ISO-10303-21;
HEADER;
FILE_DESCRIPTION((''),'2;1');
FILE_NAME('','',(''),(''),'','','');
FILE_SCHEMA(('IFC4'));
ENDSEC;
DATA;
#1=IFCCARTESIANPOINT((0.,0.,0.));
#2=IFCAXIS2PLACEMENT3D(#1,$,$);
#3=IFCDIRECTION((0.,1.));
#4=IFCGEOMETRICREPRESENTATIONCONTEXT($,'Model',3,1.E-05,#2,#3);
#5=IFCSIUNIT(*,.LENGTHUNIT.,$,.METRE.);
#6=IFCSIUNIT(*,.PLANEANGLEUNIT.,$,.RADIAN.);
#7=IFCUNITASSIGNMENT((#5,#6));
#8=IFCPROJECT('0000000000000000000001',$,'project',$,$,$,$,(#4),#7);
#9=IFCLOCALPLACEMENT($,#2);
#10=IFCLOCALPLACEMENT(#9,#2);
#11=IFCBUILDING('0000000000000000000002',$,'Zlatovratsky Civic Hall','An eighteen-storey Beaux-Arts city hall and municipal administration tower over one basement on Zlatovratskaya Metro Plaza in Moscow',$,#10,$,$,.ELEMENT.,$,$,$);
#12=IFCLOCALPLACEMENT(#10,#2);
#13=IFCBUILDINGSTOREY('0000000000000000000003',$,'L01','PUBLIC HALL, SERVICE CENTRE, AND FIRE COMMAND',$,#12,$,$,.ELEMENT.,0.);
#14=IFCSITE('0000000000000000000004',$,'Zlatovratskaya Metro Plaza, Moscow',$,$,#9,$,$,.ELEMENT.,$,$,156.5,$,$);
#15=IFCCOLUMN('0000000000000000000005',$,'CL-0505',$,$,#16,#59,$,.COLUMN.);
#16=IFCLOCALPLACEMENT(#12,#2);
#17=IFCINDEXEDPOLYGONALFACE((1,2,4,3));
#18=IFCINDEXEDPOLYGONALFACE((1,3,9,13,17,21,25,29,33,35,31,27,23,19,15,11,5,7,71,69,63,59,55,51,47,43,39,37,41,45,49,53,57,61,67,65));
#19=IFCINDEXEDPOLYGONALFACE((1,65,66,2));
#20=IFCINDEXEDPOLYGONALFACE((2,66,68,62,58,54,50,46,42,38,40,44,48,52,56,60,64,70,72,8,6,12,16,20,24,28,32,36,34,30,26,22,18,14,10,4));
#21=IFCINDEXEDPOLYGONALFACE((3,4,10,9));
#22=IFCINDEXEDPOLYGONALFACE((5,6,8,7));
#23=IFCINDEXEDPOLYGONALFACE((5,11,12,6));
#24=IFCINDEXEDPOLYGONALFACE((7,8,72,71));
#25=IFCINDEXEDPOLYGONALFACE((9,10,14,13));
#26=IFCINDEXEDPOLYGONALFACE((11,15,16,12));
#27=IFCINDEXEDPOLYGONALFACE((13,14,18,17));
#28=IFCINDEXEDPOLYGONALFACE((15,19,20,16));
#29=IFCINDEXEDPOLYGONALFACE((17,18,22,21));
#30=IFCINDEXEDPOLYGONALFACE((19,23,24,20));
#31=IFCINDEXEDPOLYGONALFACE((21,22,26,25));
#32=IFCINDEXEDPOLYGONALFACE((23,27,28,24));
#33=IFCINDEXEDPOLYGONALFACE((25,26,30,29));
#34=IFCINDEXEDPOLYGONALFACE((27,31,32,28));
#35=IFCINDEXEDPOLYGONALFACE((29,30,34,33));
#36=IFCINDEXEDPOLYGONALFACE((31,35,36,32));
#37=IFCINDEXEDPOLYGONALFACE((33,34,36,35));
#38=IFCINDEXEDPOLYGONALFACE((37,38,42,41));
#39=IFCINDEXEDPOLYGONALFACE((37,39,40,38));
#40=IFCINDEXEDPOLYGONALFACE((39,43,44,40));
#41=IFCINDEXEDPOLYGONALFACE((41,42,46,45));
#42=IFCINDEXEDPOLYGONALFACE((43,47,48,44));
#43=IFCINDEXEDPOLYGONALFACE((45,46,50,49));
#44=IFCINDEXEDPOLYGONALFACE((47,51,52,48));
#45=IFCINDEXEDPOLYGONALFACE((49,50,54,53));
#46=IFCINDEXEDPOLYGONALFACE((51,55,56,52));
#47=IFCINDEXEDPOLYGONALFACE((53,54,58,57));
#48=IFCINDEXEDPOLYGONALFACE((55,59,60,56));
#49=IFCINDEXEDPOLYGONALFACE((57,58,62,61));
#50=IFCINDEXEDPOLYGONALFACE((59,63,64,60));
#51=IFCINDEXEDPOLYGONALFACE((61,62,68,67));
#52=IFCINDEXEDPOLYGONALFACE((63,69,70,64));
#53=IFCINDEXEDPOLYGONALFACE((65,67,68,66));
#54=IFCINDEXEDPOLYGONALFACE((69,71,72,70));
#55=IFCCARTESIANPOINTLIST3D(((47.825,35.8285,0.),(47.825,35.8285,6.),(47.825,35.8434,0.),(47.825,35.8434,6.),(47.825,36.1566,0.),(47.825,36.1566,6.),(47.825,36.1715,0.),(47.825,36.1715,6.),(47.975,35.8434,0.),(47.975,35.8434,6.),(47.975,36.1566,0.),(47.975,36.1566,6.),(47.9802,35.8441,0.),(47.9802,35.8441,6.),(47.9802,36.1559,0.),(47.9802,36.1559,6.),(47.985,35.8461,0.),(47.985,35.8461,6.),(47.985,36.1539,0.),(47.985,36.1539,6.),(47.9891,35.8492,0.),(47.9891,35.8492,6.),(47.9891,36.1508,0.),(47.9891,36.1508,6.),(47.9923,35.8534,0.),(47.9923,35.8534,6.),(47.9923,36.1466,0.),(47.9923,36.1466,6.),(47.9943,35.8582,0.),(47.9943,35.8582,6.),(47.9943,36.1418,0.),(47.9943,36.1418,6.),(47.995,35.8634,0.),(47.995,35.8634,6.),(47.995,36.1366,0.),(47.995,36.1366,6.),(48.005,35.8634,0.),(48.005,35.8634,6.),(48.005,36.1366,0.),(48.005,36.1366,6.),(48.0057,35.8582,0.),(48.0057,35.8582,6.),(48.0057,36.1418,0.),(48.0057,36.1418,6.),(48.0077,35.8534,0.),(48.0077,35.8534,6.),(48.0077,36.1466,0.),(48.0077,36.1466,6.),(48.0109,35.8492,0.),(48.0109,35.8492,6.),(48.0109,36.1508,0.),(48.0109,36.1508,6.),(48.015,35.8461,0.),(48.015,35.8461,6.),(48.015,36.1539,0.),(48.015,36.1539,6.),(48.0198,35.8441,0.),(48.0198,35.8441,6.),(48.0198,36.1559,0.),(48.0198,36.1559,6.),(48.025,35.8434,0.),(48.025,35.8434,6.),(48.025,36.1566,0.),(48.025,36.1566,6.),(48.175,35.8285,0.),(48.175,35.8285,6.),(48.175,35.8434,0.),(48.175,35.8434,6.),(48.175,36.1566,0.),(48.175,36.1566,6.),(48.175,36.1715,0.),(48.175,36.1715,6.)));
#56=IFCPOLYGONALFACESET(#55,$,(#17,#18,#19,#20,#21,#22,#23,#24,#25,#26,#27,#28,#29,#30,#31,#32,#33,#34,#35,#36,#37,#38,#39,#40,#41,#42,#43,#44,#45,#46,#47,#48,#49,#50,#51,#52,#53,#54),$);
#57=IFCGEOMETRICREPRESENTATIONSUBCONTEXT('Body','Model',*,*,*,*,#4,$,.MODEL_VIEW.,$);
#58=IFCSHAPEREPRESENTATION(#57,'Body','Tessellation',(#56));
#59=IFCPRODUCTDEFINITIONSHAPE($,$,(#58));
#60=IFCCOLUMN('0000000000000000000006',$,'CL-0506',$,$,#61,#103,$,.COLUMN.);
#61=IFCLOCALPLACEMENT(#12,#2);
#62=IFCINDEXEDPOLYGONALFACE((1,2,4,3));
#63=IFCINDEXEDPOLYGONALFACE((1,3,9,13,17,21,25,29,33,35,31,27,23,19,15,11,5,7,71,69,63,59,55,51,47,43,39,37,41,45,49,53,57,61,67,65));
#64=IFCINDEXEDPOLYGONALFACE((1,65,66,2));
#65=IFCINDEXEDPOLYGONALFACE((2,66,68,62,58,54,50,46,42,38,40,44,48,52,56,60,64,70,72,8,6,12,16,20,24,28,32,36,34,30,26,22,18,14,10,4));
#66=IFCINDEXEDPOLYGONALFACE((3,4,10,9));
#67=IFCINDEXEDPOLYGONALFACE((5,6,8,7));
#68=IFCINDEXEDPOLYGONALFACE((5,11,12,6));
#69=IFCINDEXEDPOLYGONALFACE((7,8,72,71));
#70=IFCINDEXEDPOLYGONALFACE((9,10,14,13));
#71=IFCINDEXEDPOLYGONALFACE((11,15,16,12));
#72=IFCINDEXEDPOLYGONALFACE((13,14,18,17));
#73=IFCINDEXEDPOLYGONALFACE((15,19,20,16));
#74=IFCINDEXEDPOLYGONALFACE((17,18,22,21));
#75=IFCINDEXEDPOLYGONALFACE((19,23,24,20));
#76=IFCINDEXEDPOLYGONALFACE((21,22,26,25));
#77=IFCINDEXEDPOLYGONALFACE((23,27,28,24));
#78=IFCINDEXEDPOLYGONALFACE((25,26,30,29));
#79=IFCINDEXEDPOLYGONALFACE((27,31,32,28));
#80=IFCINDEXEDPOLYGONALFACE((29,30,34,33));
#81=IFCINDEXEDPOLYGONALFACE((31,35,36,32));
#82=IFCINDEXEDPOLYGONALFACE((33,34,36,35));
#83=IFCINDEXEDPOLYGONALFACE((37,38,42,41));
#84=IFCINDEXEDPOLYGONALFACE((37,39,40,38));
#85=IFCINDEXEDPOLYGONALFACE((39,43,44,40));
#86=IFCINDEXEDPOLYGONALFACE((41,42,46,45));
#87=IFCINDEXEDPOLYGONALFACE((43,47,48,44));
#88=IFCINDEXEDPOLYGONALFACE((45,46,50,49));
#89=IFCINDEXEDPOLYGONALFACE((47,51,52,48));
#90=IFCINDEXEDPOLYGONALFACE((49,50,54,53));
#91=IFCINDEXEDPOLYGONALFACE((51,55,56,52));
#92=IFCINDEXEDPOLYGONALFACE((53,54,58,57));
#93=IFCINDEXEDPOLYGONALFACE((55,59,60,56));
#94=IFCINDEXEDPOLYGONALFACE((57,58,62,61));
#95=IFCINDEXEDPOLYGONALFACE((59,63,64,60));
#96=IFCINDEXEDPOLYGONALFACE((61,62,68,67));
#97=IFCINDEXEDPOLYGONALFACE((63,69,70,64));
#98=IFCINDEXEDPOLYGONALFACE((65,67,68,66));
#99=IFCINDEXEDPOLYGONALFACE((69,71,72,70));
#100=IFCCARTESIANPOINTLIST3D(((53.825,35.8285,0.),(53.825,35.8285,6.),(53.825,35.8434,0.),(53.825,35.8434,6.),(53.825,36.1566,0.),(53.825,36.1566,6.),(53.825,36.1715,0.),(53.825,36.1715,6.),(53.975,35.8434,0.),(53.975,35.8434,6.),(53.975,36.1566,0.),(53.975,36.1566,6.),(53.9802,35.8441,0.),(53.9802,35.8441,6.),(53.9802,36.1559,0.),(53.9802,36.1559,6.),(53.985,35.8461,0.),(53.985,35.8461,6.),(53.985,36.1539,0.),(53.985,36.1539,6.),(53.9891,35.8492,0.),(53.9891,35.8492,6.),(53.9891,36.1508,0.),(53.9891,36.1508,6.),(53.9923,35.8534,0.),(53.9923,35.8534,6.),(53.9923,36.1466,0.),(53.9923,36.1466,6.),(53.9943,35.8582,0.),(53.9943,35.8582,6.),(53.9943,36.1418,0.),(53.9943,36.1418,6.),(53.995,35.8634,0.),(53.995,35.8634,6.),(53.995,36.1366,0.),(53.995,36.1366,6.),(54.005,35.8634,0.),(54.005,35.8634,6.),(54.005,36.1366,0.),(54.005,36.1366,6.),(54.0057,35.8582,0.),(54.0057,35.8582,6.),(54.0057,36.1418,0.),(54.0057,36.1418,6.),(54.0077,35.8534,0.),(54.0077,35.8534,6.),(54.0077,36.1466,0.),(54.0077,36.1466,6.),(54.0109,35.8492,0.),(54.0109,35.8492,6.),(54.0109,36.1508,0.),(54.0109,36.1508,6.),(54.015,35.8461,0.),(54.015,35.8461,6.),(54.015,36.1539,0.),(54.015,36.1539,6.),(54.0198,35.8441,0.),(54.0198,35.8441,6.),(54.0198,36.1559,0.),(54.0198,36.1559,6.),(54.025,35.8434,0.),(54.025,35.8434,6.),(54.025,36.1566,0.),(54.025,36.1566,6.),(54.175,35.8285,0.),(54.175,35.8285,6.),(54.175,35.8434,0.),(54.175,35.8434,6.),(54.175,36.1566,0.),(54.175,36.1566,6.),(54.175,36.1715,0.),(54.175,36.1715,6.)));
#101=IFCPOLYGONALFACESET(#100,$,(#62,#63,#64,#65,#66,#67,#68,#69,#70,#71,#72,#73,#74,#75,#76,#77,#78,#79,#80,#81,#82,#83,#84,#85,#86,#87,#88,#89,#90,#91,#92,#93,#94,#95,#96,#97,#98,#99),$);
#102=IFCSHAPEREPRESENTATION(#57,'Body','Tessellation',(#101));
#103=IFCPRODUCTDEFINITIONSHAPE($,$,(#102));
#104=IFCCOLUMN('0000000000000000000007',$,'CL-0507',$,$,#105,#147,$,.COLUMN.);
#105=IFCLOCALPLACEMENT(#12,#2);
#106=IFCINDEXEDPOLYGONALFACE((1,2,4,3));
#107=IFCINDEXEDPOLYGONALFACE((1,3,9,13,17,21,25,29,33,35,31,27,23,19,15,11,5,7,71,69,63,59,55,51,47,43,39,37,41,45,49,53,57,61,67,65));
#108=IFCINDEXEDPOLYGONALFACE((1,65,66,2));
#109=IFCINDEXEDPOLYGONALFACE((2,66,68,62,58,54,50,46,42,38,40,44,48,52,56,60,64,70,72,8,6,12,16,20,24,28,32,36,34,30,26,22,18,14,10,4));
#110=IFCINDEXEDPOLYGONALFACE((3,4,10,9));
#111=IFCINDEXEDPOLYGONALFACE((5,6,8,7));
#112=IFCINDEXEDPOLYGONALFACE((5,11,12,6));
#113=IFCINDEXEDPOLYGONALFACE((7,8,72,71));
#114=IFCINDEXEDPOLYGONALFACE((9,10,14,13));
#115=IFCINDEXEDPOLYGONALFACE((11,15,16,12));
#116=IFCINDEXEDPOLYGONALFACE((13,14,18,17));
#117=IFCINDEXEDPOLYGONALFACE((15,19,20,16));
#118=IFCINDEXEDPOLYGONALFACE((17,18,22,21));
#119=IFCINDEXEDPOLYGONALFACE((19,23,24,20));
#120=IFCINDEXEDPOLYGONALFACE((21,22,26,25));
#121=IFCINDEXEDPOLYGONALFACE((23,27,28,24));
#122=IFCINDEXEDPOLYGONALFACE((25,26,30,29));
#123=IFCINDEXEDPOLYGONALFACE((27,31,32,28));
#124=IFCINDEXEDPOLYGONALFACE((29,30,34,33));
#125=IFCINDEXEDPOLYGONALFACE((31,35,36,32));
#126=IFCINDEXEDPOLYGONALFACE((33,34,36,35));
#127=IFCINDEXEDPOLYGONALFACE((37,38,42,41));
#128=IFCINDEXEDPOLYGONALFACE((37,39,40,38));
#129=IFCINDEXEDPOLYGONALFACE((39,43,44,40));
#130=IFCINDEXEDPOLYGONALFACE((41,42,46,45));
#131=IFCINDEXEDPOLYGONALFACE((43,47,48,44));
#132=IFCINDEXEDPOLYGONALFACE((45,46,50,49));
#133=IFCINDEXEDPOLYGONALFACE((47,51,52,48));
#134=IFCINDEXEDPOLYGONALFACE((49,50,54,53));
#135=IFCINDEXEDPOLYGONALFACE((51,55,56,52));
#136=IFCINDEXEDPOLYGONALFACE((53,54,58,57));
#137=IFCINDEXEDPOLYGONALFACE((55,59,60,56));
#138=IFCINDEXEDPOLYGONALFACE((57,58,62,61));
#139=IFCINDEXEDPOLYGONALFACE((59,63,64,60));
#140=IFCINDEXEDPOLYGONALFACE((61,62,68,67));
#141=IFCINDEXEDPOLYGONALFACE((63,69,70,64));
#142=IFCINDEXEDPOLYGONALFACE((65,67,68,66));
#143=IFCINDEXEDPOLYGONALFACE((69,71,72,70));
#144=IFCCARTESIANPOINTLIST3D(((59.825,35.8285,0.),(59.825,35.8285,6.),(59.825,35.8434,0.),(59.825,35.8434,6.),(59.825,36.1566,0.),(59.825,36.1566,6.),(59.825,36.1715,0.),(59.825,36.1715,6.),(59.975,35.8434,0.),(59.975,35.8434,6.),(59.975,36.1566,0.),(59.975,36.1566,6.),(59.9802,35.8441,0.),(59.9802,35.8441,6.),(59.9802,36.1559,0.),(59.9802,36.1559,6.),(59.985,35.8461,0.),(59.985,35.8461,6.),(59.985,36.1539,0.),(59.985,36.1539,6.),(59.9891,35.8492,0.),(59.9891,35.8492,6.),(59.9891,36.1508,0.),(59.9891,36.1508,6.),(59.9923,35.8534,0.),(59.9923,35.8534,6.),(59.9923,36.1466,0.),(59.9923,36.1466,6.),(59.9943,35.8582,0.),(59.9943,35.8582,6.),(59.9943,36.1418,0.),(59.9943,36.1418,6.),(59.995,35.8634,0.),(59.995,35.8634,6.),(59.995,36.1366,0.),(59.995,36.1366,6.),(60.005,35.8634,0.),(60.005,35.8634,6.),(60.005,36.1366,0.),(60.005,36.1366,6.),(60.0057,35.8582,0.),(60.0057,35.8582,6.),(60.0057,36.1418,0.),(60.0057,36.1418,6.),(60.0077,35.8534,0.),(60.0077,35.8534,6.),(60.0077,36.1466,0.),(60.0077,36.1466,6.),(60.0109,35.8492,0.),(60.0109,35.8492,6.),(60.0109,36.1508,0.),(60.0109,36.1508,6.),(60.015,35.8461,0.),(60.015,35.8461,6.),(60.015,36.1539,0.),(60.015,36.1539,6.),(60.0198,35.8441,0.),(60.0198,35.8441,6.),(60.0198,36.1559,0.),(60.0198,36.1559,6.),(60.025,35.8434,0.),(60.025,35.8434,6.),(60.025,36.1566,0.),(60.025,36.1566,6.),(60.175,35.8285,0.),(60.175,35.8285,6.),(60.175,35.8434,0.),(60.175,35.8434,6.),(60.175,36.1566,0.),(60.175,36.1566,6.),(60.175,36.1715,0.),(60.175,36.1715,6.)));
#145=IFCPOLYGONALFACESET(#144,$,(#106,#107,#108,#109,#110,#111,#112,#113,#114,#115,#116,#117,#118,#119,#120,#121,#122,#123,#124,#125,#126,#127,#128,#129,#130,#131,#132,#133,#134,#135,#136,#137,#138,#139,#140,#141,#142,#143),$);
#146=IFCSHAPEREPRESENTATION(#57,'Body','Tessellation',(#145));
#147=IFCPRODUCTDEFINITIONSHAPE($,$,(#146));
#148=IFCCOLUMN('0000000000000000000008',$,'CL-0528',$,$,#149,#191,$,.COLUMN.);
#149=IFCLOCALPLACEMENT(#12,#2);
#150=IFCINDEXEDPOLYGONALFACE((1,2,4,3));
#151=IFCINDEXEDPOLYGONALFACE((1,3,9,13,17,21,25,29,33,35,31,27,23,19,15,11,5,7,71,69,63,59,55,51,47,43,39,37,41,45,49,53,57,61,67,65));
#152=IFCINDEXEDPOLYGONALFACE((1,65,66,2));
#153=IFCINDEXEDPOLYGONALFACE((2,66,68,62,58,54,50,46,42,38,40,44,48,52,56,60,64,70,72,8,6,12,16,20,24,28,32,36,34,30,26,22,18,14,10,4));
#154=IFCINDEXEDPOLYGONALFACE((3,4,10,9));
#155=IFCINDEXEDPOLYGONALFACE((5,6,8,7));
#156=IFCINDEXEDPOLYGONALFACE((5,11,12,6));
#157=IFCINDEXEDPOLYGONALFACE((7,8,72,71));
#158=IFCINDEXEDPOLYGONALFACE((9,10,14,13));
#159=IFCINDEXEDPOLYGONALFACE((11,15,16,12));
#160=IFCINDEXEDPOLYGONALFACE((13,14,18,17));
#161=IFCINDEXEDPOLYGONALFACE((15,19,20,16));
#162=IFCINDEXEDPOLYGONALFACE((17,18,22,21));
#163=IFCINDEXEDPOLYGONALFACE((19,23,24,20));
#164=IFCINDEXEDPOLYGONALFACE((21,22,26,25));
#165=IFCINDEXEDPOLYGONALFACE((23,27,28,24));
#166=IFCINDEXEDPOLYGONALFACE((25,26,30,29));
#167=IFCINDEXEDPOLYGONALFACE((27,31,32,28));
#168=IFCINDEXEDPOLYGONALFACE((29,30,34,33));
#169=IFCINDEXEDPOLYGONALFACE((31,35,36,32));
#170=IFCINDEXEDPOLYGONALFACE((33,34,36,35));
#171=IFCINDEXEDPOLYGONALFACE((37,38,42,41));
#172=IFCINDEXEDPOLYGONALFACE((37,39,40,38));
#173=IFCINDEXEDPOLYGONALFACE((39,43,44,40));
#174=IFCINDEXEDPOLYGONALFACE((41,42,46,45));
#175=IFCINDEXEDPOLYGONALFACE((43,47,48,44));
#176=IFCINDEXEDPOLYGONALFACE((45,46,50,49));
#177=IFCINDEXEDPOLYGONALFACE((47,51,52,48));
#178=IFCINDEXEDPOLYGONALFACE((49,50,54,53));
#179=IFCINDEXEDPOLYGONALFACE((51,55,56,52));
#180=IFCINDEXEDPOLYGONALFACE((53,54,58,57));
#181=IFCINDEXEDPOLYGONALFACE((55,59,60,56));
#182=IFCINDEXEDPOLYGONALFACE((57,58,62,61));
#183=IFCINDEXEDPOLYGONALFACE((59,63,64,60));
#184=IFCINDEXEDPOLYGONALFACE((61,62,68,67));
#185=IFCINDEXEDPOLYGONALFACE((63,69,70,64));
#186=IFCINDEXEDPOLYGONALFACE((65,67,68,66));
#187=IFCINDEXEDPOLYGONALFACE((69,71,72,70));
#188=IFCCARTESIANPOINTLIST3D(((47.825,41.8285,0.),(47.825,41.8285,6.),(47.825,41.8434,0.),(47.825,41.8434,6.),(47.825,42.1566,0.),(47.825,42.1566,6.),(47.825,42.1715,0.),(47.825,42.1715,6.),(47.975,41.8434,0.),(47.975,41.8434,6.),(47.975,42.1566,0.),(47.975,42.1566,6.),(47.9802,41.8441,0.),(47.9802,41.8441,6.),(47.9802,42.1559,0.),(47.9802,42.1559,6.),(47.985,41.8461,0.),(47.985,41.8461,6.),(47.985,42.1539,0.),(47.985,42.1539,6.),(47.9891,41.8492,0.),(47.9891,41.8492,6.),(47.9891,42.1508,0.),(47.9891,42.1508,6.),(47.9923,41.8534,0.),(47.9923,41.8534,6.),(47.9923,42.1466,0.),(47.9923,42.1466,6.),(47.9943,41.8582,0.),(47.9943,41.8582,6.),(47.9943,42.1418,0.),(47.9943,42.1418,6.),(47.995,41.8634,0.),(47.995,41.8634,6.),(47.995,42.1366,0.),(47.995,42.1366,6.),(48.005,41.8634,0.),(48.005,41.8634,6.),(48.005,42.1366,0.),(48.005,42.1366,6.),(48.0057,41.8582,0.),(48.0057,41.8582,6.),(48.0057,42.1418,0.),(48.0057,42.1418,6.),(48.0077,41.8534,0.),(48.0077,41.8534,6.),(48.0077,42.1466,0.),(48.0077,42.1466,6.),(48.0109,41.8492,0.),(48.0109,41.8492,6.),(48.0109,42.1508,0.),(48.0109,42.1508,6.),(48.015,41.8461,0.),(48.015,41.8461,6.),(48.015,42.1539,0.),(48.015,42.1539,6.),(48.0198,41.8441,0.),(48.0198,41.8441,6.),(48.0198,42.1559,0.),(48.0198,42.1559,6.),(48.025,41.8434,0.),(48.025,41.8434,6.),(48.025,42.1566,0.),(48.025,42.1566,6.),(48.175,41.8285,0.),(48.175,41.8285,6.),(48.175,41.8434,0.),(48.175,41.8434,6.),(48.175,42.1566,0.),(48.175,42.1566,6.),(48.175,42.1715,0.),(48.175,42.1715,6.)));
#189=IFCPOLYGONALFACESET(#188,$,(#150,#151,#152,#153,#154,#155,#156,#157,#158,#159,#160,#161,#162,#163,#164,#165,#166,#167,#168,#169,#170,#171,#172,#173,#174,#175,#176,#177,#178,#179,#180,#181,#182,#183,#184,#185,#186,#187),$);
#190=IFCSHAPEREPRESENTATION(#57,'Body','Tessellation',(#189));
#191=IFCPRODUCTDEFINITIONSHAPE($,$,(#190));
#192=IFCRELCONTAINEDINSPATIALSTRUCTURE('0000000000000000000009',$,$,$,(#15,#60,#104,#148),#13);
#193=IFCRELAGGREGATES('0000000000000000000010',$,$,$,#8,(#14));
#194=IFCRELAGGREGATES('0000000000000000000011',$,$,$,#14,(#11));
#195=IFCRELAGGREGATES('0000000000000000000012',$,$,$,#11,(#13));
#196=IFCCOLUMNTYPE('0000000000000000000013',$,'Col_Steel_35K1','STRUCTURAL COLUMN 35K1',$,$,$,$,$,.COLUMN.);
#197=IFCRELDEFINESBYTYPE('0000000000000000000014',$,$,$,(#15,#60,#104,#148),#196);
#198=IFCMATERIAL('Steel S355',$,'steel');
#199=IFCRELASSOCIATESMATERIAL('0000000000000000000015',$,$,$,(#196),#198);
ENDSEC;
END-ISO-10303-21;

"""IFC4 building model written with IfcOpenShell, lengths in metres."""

from ifc_helpers import new_model, si_unit, direction, frame, origin, origin_2d, place, context, subcontext, project, spatial, i_section, extrude, material, material_profile, profile_set, type_object, element, save


model = new_model("IFC4")

# Units and contexts
model_context = context("Model", 3, precision=1e-05, world=origin(), true_north=direction((0.0, 1.0)))
body_context = subcontext(model_context, "Body", "Model", "MODEL_VIEW")
ifc_project = project(units=[si_unit("LENGTHUNIT", "METRE"), si_unit("PLANEANGLEUNIT", "RADIAN")], contexts=[model_context])

# Site, building, storey
site_placement = place(None, origin())
site = spatial("IfcSite", under=ifc_project, at=site_placement, Name="Zlatovratskaya Metro Plaza, Moscow", CompositionType="ELEMENT", RefElevation=156.5)
building_placement = place(site_placement, origin())
building = spatial("IfcBuilding", under=site, at=building_placement, Name="Zlatovratsky Civic Hall", Description="An eighteen-storey Beaux-Arts city hall and municipal administration tower over one basement on Zlatovratskaya Metro Plaza in Moscow", CompositionType="ELEMENT")
storey_placement = place(building_placement, origin())
storey = spatial("IfcBuildingStorey", under=building, at=storey_placement, Name="L01", Description="PUBLIC HALL, SERVICE CENTRE, AND FIRE COMMAND", CompositionType="ELEMENT", Elevation=0.0)

# Columns
ifc_material_1 = material(Name="Steel S355", Category="steel")
ifc_material_profile_1 = material_profile(ifc_material_1, i_section(OverallWidth=0.3501, OverallDepth=0.343, WebThickness=0.01, FlangeThickness=0.0149, FilletRadius=0.02, at=origin_2d()), Name="35K1")
ifc_profile_set_1 = profile_set([ifc_material_profile_1], Name="Steel S355")
column_type = type_object("IfcColumnType", Name="Col_Steel_35K1", Description="STRUCTURAL COLUMN 35K1", PredefinedType="COLUMN", material=ifc_profile_set_1)
for number, where, z_axis, x_axis, name in (
    (1, (48.0, 36.0, 0.0), (0.0, 0.0, 1.0), (1.0, 0.0, 0.0), "CL-0505"),
    (2, (54.0, 36.0, 0.0), (0.0, 0.0, 1.0), (1.0, 0.0, 0.0), "CL-0506"),
    (3, (60.0, 36.0, 0.0), (0.0, 0.0, 1.0), (1.0, 0.0, 0.0), "CL-0507"),
    (4, (48.0, 42.0, 0.0), (0.0, 0.0, 1.0), (1.0, 0.0, 0.0), "CL-0528"),
):
    element("IfcColumn", number, at=place(storey_placement, frame(where, z_axis=z_axis, x_axis=x_axis)), inside=storey, type_object=column_type, Name=name, PredefinedType="COLUMN", context=body_context, shape_type="SweptSolid", body=[
        extrude(i_section(OverallWidth=0.3501, OverallDepth=0.343, WebThickness=0.01, FlangeThickness=0.0149, FilletRadius=0.02, at=origin_2d()), origin(), (0.0, 0.0, 1.0), 6.0),
    ])

save(model, "model.ifc")
